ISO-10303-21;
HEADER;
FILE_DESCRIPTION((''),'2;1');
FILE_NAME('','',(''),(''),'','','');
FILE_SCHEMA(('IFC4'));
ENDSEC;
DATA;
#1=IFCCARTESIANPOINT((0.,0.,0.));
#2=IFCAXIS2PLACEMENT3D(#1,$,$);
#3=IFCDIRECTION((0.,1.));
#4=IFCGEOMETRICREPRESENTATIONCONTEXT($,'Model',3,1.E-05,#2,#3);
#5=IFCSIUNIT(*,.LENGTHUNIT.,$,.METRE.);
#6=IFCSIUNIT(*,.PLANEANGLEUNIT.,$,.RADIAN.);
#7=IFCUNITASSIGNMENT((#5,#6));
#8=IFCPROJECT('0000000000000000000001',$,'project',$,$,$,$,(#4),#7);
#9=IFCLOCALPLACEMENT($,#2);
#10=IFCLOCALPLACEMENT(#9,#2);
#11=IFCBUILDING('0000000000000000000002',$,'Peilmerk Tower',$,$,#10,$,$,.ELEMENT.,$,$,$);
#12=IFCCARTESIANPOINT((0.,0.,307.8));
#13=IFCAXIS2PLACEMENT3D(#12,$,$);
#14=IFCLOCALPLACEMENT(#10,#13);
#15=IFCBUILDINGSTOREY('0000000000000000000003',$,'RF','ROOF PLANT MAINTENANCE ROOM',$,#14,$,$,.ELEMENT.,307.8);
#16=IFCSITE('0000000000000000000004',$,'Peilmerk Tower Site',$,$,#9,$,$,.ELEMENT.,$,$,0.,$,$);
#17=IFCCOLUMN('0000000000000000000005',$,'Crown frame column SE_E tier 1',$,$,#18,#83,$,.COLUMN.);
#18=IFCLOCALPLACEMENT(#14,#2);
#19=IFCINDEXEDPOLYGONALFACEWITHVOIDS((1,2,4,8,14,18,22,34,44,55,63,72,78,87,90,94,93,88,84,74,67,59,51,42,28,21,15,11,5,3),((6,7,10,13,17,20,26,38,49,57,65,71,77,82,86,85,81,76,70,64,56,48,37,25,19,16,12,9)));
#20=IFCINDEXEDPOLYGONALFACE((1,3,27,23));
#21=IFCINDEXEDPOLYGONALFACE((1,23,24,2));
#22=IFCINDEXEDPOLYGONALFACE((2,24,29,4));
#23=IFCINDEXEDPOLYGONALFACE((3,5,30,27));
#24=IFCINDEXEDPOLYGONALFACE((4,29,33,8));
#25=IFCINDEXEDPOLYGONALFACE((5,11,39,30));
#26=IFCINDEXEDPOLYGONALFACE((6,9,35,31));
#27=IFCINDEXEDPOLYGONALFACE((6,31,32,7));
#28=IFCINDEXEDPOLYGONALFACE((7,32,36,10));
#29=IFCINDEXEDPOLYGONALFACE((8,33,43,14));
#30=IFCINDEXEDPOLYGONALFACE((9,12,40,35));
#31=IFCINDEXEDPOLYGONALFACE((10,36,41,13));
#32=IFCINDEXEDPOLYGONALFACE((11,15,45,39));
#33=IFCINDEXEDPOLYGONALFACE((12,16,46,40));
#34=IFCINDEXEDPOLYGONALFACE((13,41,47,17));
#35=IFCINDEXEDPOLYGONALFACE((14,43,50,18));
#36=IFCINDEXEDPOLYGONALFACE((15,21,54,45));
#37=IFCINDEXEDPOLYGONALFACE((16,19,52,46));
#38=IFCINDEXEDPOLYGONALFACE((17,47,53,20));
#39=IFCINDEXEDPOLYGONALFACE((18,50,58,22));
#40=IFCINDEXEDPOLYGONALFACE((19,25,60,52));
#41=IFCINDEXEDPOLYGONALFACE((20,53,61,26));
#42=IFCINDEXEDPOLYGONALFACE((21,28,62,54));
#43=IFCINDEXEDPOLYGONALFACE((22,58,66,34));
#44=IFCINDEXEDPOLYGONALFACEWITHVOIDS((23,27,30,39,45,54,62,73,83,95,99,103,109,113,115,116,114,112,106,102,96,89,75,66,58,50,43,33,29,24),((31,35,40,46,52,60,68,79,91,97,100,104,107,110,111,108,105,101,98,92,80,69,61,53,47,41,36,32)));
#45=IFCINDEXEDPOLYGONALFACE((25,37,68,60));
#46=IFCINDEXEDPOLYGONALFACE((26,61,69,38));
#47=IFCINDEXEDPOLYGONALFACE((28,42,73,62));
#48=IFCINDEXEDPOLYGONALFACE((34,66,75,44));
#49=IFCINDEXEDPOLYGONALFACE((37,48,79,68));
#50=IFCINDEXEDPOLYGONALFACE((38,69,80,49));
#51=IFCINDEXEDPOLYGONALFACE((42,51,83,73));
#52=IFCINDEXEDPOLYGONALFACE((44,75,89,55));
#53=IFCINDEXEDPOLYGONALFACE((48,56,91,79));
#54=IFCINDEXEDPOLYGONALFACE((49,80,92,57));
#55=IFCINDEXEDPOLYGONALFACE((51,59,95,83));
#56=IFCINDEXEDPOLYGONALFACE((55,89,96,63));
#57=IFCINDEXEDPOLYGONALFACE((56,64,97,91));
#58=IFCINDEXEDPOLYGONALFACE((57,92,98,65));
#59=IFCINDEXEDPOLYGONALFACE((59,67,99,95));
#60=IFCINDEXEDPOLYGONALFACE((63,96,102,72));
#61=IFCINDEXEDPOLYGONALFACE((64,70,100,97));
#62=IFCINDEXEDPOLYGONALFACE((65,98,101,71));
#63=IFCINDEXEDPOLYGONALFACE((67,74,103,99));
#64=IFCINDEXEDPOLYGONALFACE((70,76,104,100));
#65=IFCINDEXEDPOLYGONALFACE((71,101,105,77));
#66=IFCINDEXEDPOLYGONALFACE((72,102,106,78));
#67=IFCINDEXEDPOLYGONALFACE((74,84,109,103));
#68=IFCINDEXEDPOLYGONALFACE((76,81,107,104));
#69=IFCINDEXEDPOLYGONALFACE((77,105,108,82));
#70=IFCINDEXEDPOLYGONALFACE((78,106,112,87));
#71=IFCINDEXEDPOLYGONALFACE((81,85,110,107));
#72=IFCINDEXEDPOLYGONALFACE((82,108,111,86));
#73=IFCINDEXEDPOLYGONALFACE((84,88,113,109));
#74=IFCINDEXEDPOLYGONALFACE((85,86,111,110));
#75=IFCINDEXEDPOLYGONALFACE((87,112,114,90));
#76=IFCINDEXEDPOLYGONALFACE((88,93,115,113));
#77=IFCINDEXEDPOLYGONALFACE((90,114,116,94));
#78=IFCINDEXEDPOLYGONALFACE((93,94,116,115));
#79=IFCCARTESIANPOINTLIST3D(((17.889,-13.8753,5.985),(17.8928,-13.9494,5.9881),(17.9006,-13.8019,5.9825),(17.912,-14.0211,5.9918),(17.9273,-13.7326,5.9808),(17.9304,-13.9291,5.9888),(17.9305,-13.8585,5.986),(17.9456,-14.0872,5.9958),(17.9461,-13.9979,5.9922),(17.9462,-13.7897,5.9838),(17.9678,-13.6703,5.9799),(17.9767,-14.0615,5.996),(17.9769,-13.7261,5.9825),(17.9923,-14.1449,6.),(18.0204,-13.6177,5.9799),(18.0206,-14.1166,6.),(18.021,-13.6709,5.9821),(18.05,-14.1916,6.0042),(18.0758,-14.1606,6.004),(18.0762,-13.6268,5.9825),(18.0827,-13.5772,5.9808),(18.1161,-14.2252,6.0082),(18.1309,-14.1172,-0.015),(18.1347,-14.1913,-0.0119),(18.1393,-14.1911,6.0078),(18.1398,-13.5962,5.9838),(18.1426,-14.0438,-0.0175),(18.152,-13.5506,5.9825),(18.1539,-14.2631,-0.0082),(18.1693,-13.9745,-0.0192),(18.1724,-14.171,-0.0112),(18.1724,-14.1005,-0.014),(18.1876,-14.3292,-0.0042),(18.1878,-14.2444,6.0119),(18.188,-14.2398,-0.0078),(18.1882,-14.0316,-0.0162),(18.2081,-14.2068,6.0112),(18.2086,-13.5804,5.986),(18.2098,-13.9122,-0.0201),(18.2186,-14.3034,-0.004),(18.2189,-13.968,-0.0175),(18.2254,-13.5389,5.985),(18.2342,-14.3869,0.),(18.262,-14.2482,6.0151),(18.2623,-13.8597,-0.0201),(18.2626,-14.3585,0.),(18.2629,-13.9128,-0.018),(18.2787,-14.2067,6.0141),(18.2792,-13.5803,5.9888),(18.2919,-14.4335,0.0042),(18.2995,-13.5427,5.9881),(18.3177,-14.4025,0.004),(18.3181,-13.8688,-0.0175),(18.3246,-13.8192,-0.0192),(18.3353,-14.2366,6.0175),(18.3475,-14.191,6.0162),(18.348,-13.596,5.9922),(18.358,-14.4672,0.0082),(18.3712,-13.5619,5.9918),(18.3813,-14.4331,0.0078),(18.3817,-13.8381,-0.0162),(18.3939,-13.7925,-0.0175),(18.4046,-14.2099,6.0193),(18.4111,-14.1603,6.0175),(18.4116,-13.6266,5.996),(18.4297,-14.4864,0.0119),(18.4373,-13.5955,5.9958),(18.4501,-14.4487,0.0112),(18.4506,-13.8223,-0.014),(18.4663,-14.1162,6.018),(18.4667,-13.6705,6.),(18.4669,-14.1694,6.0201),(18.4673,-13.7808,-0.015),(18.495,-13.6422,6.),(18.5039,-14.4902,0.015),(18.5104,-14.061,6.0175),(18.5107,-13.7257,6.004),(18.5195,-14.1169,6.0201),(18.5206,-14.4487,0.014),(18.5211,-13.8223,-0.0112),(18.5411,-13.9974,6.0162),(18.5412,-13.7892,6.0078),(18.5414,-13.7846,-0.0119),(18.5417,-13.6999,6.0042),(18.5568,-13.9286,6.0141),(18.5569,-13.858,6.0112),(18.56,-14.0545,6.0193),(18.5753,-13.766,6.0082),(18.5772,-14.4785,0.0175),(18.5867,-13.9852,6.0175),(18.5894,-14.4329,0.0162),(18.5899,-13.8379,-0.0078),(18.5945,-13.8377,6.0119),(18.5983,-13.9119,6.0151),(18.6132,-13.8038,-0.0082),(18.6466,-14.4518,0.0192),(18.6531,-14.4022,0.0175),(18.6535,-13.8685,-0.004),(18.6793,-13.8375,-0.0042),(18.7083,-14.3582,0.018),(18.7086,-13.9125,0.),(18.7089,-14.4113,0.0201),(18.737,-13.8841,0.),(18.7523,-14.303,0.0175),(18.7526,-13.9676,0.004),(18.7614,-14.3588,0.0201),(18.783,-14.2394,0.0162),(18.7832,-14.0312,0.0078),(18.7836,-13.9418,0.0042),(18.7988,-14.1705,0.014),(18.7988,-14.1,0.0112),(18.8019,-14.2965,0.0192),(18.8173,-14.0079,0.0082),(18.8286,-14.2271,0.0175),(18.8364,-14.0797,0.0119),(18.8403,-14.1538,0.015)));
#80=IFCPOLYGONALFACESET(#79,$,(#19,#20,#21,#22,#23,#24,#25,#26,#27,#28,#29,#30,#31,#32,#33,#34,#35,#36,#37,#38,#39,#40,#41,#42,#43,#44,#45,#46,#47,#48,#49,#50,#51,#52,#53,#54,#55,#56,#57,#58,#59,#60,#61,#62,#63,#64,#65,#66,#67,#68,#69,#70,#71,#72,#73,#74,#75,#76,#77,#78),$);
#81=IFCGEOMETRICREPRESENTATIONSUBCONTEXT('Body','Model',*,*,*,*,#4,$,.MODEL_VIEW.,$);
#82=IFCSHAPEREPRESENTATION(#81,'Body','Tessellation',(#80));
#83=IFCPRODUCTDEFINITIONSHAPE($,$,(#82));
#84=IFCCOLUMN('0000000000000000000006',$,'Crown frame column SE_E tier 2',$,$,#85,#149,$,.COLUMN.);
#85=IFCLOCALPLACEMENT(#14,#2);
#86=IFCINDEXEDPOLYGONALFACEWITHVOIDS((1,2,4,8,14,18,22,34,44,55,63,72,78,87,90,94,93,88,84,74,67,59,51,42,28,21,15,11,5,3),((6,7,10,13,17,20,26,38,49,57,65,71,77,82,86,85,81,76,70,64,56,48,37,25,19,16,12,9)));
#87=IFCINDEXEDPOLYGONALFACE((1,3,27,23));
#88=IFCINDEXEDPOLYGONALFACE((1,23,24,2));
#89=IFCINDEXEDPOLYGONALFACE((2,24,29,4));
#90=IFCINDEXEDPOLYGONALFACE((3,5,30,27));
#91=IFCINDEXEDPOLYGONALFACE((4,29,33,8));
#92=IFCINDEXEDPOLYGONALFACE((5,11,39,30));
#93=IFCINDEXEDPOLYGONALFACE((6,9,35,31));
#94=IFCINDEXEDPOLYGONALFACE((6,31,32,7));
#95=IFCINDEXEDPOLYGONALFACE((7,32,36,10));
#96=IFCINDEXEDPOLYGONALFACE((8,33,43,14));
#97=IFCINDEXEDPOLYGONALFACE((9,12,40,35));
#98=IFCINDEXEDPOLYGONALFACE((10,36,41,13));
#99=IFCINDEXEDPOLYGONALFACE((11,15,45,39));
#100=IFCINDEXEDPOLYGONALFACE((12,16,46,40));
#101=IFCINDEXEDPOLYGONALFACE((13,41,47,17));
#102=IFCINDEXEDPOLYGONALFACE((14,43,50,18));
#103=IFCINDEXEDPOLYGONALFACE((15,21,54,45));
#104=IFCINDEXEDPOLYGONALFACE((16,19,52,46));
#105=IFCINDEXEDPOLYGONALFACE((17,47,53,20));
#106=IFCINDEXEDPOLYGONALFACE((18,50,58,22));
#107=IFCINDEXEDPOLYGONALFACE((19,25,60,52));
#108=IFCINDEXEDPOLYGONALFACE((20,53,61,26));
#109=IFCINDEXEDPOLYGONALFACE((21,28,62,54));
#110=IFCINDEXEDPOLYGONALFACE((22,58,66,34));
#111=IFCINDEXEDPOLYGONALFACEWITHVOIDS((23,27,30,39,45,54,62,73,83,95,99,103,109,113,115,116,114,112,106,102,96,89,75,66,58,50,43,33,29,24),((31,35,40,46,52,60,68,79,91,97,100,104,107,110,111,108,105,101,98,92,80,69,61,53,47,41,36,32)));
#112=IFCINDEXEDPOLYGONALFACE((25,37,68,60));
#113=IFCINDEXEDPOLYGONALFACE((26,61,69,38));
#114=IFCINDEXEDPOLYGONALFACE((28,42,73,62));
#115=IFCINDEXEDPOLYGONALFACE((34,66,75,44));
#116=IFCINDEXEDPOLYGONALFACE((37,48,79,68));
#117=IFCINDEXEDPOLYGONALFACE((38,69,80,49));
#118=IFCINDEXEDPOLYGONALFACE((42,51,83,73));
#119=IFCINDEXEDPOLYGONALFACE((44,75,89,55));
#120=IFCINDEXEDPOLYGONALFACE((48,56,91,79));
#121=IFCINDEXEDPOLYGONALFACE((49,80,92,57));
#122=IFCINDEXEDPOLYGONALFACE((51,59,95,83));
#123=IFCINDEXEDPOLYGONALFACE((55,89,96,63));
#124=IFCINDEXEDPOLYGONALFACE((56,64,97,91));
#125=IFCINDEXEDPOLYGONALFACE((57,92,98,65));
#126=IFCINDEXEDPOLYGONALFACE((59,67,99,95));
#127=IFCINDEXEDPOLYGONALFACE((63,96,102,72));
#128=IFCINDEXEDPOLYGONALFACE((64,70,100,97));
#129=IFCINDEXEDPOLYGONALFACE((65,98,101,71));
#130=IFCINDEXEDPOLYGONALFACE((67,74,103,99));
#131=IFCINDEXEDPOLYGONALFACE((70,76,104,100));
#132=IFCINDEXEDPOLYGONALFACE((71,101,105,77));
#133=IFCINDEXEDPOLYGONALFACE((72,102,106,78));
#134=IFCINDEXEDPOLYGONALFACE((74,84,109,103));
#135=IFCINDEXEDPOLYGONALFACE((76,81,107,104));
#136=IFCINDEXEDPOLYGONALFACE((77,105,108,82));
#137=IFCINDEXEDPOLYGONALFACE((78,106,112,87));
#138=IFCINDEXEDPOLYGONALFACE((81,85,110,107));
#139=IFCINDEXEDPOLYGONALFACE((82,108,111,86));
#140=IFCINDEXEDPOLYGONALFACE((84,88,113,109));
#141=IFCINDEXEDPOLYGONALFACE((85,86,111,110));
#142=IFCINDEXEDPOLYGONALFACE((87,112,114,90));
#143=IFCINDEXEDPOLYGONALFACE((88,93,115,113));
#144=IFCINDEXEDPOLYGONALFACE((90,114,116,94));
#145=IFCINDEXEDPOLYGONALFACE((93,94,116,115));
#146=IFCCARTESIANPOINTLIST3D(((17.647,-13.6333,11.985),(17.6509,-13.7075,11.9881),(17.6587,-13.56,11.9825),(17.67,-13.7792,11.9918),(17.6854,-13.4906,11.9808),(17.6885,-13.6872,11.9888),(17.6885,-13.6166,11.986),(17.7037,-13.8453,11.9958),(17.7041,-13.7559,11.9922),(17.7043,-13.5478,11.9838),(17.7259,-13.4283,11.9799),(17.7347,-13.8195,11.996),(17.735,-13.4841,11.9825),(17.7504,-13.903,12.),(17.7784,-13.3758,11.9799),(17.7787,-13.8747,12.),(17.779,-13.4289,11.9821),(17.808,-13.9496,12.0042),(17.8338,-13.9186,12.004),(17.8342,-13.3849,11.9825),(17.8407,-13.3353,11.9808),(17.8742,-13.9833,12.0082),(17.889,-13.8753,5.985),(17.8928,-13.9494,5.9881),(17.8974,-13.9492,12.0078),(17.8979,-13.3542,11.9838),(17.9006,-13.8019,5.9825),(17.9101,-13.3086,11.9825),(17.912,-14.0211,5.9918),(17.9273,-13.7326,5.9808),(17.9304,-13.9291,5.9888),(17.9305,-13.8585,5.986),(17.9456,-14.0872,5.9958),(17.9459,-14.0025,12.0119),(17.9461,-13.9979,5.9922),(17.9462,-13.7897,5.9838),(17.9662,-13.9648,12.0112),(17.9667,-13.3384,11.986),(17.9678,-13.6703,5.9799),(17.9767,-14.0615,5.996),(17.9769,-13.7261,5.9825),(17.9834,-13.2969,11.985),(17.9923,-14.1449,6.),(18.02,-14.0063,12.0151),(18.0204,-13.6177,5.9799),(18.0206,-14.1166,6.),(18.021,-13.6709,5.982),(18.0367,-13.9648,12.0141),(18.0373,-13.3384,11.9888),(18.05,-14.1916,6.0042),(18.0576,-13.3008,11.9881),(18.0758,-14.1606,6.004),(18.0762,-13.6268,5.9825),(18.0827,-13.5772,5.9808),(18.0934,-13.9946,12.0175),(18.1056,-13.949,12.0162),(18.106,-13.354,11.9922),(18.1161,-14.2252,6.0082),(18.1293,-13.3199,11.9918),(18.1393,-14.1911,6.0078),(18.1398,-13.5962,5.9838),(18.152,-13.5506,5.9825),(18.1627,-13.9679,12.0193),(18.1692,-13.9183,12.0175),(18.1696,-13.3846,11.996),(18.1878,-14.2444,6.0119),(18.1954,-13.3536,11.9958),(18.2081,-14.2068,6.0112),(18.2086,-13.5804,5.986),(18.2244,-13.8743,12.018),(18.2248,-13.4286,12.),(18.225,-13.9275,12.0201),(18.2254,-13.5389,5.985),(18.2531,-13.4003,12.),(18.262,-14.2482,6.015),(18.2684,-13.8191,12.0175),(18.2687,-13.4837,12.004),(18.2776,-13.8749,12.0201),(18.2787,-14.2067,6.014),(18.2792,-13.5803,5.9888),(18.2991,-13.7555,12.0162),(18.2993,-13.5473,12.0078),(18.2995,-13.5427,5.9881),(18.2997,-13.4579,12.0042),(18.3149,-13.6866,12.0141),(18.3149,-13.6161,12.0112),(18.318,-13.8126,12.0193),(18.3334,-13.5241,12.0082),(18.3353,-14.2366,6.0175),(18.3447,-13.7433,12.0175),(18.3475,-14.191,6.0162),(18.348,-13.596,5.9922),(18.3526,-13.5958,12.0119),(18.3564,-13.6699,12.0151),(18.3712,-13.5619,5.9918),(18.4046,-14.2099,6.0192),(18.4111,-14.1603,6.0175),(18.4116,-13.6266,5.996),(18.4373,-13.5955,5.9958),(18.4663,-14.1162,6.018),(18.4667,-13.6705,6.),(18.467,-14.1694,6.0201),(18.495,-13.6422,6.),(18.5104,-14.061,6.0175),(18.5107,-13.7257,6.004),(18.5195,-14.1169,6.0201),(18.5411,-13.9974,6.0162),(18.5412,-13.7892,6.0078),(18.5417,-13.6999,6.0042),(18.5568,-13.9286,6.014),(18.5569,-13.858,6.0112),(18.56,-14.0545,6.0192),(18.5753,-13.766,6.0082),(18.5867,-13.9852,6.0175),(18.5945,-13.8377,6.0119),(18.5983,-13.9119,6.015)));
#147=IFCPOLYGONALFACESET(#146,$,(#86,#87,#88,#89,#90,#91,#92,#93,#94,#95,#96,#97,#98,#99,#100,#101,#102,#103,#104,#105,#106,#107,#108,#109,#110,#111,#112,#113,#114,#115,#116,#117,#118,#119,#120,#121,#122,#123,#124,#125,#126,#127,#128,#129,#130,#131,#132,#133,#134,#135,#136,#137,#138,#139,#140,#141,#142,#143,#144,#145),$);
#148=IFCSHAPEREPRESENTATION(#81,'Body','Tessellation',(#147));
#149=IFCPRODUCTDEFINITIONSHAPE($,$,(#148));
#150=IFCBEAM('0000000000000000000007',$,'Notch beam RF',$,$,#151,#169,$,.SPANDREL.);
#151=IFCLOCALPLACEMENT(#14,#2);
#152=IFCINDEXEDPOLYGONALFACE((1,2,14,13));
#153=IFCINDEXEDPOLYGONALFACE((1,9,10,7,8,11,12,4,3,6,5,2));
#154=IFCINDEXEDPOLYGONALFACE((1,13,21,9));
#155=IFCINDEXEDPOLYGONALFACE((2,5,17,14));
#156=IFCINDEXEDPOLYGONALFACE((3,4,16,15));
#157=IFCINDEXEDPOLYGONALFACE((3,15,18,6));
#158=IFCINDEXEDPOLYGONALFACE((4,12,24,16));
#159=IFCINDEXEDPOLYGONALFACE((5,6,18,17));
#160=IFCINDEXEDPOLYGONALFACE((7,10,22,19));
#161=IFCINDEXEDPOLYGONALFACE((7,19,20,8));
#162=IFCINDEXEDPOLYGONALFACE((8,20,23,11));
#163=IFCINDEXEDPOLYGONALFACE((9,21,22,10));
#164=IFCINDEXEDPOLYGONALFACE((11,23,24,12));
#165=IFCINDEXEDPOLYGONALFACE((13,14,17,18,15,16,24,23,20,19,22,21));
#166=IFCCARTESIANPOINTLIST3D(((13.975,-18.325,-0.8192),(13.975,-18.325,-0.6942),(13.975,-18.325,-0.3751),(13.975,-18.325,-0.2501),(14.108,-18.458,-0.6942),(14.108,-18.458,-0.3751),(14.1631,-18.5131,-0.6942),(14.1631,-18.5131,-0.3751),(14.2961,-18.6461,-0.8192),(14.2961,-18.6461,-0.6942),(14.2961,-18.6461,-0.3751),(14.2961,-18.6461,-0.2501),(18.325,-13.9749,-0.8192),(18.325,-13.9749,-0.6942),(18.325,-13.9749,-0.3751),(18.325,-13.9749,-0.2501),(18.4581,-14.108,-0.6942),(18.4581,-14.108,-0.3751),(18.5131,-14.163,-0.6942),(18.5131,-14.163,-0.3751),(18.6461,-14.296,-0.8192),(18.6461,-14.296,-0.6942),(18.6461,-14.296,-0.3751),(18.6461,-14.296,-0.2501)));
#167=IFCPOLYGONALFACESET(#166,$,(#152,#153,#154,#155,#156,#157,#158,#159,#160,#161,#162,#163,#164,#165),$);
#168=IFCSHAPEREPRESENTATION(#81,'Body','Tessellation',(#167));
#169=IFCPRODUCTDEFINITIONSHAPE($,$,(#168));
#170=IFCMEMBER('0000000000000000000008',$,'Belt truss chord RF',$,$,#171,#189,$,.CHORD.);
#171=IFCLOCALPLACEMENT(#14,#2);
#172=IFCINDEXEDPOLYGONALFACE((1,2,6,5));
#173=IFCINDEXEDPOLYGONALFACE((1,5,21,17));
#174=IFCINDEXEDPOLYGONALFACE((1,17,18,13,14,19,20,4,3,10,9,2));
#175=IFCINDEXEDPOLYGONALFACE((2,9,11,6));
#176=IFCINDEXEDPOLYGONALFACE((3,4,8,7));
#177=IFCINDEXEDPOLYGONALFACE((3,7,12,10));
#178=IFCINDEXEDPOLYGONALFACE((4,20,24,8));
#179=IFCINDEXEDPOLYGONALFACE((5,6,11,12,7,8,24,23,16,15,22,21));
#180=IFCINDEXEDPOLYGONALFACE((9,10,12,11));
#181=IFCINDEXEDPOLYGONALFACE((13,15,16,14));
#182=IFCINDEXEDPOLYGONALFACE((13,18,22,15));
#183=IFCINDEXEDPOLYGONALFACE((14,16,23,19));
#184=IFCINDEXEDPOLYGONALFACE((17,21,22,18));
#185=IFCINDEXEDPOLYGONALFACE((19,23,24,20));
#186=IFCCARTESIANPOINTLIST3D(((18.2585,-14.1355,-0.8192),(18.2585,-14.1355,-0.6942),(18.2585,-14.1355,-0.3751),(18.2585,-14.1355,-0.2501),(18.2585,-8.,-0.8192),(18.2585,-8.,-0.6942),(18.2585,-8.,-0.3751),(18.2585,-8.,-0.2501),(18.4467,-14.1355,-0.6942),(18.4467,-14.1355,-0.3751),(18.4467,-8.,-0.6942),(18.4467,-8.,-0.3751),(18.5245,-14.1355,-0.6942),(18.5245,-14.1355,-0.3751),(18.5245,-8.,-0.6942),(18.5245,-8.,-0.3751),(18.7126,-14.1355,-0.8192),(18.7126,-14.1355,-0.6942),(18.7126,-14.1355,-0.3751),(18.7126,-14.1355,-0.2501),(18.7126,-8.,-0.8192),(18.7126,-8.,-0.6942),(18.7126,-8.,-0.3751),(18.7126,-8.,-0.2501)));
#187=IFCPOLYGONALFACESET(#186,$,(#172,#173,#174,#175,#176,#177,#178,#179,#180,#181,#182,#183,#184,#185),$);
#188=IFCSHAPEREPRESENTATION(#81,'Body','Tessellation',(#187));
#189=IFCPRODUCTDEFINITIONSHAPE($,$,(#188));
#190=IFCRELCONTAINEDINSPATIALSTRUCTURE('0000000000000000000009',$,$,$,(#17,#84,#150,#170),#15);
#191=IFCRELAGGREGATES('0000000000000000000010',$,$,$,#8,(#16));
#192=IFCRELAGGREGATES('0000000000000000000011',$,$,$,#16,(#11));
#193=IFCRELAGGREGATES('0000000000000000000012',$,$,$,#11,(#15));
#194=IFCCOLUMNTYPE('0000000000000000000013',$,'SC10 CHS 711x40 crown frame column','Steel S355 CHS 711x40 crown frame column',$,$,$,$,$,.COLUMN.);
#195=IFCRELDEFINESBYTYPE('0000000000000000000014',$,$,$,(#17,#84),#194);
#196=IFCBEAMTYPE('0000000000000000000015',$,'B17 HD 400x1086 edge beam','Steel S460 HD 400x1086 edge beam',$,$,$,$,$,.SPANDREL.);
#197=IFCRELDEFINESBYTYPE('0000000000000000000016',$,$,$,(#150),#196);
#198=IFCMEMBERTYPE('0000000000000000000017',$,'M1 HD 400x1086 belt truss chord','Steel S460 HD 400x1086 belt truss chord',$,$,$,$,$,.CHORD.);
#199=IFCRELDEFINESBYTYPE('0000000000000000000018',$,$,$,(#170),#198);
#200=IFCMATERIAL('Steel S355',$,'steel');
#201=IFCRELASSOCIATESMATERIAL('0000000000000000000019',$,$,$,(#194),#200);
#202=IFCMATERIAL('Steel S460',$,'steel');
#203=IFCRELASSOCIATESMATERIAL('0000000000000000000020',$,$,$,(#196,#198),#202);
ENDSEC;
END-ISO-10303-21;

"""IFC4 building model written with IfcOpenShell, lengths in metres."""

from ifc_helpers import new_model, si_unit, direction, frame, origin, origin_2d, place, context, subcontext, project, spatial, hollow_circle, i_section, extrude, material, material_profile, profile_set, type_object, element, save


model = new_model("IFC4")

# Units and contexts
model_context = context("Model", 3, precision=1e-05, world=origin(), true_north=direction((0.0, 1.0)))
body_context = subcontext(model_context, "Body", "Model", "MODEL_VIEW")
ifc_project = project(units=[si_unit("LENGTHUNIT", "METRE"), si_unit("PLANEANGLEUNIT", "RADIAN")], contexts=[model_context])

# Site, building, storey
site_placement = place(None, origin())
site = spatial("IfcSite", under=ifc_project, at=site_placement, Name="Peilmerk Tower Site", CompositionType="ELEMENT", RefElevation=0.0)
building_placement = place(site_placement, origin())
building = spatial("IfcBuilding", under=site, at=building_placement, Name="Peilmerk Tower", CompositionType="ELEMENT")
storey_placement = place(building_placement, frame((0.0, 0.0, 307.8)))
storey = spatial("IfcBuildingStorey", under=building, at=storey_placement, Name="RF", Description="ROOF PLANT MAINTENANCE ROOM", CompositionType="ELEMENT", Elevation=307.8)

# Columns
ifc_material_1 = material(Name="Steel S355", Category="steel")
ifc_material_profile_1 = material_profile(ifc_material_1, hollow_circle(Radius=0.3555, WallThickness=0.04, at=origin_2d()), Name="CHS 711x40")
ifc_profile_set_1 = profile_set([ifc_material_profile_1], Name="Steel S355")
column_type = type_object("IfcColumnType", Name="SC10 CHS 711x40 crown frame column", Description="Steel S355 CHS 711x40 crown frame column", PredefinedType="COLUMN", material=ifc_profile_set_1)
for number, where, z_axis, x_axis, name in (
    (1, (18.4856, -14.1355, 0.0), (-0.040258, 0.040258, 0.998378), (-0.707107, -0.707107, 0.0), "Crown frame column SE_E tier 1"),
    (2, (18.2437, -13.8936, 6.0), (-0.040258, 0.040258, 0.998378), (-0.707107, -0.707107, 0.0), "Crown frame column SE_E tier 2"),
):
    element("IfcColumn", number, at=place(storey_placement, frame(where, z_axis=z_axis, x_axis=x_axis)), inside=storey, type_object=column_type, Name=name, PredefinedType="COLUMN", context=body_context, shape_type="SweptSolid", body=[
        extrude(hollow_circle(Radius=0.3555, WallThickness=0.04, at=origin_2d()), origin(), (0.0, 0.0, 1.0), 6.0098),
    ])

# Beam
ifc_material_2 = material(Name="Steel S460", Category="steel")
ifc_material_profile_2 = material_profile(ifc_material_2, i_section(OverallWidth=0.4541, OverallDepth=0.5691, WebThickness=0.0779, FlangeThickness=0.125, at=origin_2d()), Name="HD 400x1086")
ifc_profile_set_2 = profile_set([ifc_material_profile_2], Name="Steel S460")
beam_type = type_object("IfcBeamType", Name="B17 HD 400x1086 edge beam", Description="Steel S460 HD 400x1086 edge beam", PredefinedType="SPANDREL", material=ifc_profile_set_2)
beam_placement = place(storey_placement, frame((18.4856, -14.1355, -0.5347), z_axis=(-0.707107, -0.707107, 0.0), x_axis=(0.707107, -0.707107, 0.0)))
element("IfcBeam", 3, at=beam_placement, inside=storey, type_object=beam_type, Name="Notch beam RF", PredefinedType="SPANDREL", context=body_context, shape_type="SweptSolid", body=[
    extrude(i_section(OverallWidth=0.4541, OverallDepth=0.5691, WebThickness=0.0779, FlangeThickness=0.125, at=origin_2d()), origin(), (0.0, 0.0, 1.0), 6.1519),
])

# Member
ifc_material_profile_3 = material_profile(ifc_material_2, i_section(OverallWidth=0.4541, OverallDepth=0.5691, WebThickness=0.0779, FlangeThickness=0.125, at=origin_2d()), Name="HD 400x1086")
ifc_profile_set_3 = profile_set([ifc_material_profile_3], Name="Steel S460")
member_type_1 = type_object("IfcMemberType", Name="M1 HD 400x1086 belt truss chord", Description="Steel S460 HD 400x1086 belt truss chord", PredefinedType="CHORD", material=ifc_profile_set_3)
member_1_placement = place(storey_placement, frame((18.4856, -14.1355, -0.5347), z_axis=(0.0, 1.0, 0.0), x_axis=(-1.0, 0.0, 0.0)))
element("IfcMember", 4, at=member_1_placement, inside=storey, type_object=member_type_1, Name="Belt truss chord RF", PredefinedType="CHORD", context=body_context, shape_type="SweptSolid", body=[
    extrude(i_section(OverallWidth=0.4541, OverallDepth=0.5691, WebThickness=0.0779, FlangeThickness=0.125, at=origin_2d()), origin(), (0.0, 0.0, 1.0), 6.1355),
])

save(model, "model.ifc")
